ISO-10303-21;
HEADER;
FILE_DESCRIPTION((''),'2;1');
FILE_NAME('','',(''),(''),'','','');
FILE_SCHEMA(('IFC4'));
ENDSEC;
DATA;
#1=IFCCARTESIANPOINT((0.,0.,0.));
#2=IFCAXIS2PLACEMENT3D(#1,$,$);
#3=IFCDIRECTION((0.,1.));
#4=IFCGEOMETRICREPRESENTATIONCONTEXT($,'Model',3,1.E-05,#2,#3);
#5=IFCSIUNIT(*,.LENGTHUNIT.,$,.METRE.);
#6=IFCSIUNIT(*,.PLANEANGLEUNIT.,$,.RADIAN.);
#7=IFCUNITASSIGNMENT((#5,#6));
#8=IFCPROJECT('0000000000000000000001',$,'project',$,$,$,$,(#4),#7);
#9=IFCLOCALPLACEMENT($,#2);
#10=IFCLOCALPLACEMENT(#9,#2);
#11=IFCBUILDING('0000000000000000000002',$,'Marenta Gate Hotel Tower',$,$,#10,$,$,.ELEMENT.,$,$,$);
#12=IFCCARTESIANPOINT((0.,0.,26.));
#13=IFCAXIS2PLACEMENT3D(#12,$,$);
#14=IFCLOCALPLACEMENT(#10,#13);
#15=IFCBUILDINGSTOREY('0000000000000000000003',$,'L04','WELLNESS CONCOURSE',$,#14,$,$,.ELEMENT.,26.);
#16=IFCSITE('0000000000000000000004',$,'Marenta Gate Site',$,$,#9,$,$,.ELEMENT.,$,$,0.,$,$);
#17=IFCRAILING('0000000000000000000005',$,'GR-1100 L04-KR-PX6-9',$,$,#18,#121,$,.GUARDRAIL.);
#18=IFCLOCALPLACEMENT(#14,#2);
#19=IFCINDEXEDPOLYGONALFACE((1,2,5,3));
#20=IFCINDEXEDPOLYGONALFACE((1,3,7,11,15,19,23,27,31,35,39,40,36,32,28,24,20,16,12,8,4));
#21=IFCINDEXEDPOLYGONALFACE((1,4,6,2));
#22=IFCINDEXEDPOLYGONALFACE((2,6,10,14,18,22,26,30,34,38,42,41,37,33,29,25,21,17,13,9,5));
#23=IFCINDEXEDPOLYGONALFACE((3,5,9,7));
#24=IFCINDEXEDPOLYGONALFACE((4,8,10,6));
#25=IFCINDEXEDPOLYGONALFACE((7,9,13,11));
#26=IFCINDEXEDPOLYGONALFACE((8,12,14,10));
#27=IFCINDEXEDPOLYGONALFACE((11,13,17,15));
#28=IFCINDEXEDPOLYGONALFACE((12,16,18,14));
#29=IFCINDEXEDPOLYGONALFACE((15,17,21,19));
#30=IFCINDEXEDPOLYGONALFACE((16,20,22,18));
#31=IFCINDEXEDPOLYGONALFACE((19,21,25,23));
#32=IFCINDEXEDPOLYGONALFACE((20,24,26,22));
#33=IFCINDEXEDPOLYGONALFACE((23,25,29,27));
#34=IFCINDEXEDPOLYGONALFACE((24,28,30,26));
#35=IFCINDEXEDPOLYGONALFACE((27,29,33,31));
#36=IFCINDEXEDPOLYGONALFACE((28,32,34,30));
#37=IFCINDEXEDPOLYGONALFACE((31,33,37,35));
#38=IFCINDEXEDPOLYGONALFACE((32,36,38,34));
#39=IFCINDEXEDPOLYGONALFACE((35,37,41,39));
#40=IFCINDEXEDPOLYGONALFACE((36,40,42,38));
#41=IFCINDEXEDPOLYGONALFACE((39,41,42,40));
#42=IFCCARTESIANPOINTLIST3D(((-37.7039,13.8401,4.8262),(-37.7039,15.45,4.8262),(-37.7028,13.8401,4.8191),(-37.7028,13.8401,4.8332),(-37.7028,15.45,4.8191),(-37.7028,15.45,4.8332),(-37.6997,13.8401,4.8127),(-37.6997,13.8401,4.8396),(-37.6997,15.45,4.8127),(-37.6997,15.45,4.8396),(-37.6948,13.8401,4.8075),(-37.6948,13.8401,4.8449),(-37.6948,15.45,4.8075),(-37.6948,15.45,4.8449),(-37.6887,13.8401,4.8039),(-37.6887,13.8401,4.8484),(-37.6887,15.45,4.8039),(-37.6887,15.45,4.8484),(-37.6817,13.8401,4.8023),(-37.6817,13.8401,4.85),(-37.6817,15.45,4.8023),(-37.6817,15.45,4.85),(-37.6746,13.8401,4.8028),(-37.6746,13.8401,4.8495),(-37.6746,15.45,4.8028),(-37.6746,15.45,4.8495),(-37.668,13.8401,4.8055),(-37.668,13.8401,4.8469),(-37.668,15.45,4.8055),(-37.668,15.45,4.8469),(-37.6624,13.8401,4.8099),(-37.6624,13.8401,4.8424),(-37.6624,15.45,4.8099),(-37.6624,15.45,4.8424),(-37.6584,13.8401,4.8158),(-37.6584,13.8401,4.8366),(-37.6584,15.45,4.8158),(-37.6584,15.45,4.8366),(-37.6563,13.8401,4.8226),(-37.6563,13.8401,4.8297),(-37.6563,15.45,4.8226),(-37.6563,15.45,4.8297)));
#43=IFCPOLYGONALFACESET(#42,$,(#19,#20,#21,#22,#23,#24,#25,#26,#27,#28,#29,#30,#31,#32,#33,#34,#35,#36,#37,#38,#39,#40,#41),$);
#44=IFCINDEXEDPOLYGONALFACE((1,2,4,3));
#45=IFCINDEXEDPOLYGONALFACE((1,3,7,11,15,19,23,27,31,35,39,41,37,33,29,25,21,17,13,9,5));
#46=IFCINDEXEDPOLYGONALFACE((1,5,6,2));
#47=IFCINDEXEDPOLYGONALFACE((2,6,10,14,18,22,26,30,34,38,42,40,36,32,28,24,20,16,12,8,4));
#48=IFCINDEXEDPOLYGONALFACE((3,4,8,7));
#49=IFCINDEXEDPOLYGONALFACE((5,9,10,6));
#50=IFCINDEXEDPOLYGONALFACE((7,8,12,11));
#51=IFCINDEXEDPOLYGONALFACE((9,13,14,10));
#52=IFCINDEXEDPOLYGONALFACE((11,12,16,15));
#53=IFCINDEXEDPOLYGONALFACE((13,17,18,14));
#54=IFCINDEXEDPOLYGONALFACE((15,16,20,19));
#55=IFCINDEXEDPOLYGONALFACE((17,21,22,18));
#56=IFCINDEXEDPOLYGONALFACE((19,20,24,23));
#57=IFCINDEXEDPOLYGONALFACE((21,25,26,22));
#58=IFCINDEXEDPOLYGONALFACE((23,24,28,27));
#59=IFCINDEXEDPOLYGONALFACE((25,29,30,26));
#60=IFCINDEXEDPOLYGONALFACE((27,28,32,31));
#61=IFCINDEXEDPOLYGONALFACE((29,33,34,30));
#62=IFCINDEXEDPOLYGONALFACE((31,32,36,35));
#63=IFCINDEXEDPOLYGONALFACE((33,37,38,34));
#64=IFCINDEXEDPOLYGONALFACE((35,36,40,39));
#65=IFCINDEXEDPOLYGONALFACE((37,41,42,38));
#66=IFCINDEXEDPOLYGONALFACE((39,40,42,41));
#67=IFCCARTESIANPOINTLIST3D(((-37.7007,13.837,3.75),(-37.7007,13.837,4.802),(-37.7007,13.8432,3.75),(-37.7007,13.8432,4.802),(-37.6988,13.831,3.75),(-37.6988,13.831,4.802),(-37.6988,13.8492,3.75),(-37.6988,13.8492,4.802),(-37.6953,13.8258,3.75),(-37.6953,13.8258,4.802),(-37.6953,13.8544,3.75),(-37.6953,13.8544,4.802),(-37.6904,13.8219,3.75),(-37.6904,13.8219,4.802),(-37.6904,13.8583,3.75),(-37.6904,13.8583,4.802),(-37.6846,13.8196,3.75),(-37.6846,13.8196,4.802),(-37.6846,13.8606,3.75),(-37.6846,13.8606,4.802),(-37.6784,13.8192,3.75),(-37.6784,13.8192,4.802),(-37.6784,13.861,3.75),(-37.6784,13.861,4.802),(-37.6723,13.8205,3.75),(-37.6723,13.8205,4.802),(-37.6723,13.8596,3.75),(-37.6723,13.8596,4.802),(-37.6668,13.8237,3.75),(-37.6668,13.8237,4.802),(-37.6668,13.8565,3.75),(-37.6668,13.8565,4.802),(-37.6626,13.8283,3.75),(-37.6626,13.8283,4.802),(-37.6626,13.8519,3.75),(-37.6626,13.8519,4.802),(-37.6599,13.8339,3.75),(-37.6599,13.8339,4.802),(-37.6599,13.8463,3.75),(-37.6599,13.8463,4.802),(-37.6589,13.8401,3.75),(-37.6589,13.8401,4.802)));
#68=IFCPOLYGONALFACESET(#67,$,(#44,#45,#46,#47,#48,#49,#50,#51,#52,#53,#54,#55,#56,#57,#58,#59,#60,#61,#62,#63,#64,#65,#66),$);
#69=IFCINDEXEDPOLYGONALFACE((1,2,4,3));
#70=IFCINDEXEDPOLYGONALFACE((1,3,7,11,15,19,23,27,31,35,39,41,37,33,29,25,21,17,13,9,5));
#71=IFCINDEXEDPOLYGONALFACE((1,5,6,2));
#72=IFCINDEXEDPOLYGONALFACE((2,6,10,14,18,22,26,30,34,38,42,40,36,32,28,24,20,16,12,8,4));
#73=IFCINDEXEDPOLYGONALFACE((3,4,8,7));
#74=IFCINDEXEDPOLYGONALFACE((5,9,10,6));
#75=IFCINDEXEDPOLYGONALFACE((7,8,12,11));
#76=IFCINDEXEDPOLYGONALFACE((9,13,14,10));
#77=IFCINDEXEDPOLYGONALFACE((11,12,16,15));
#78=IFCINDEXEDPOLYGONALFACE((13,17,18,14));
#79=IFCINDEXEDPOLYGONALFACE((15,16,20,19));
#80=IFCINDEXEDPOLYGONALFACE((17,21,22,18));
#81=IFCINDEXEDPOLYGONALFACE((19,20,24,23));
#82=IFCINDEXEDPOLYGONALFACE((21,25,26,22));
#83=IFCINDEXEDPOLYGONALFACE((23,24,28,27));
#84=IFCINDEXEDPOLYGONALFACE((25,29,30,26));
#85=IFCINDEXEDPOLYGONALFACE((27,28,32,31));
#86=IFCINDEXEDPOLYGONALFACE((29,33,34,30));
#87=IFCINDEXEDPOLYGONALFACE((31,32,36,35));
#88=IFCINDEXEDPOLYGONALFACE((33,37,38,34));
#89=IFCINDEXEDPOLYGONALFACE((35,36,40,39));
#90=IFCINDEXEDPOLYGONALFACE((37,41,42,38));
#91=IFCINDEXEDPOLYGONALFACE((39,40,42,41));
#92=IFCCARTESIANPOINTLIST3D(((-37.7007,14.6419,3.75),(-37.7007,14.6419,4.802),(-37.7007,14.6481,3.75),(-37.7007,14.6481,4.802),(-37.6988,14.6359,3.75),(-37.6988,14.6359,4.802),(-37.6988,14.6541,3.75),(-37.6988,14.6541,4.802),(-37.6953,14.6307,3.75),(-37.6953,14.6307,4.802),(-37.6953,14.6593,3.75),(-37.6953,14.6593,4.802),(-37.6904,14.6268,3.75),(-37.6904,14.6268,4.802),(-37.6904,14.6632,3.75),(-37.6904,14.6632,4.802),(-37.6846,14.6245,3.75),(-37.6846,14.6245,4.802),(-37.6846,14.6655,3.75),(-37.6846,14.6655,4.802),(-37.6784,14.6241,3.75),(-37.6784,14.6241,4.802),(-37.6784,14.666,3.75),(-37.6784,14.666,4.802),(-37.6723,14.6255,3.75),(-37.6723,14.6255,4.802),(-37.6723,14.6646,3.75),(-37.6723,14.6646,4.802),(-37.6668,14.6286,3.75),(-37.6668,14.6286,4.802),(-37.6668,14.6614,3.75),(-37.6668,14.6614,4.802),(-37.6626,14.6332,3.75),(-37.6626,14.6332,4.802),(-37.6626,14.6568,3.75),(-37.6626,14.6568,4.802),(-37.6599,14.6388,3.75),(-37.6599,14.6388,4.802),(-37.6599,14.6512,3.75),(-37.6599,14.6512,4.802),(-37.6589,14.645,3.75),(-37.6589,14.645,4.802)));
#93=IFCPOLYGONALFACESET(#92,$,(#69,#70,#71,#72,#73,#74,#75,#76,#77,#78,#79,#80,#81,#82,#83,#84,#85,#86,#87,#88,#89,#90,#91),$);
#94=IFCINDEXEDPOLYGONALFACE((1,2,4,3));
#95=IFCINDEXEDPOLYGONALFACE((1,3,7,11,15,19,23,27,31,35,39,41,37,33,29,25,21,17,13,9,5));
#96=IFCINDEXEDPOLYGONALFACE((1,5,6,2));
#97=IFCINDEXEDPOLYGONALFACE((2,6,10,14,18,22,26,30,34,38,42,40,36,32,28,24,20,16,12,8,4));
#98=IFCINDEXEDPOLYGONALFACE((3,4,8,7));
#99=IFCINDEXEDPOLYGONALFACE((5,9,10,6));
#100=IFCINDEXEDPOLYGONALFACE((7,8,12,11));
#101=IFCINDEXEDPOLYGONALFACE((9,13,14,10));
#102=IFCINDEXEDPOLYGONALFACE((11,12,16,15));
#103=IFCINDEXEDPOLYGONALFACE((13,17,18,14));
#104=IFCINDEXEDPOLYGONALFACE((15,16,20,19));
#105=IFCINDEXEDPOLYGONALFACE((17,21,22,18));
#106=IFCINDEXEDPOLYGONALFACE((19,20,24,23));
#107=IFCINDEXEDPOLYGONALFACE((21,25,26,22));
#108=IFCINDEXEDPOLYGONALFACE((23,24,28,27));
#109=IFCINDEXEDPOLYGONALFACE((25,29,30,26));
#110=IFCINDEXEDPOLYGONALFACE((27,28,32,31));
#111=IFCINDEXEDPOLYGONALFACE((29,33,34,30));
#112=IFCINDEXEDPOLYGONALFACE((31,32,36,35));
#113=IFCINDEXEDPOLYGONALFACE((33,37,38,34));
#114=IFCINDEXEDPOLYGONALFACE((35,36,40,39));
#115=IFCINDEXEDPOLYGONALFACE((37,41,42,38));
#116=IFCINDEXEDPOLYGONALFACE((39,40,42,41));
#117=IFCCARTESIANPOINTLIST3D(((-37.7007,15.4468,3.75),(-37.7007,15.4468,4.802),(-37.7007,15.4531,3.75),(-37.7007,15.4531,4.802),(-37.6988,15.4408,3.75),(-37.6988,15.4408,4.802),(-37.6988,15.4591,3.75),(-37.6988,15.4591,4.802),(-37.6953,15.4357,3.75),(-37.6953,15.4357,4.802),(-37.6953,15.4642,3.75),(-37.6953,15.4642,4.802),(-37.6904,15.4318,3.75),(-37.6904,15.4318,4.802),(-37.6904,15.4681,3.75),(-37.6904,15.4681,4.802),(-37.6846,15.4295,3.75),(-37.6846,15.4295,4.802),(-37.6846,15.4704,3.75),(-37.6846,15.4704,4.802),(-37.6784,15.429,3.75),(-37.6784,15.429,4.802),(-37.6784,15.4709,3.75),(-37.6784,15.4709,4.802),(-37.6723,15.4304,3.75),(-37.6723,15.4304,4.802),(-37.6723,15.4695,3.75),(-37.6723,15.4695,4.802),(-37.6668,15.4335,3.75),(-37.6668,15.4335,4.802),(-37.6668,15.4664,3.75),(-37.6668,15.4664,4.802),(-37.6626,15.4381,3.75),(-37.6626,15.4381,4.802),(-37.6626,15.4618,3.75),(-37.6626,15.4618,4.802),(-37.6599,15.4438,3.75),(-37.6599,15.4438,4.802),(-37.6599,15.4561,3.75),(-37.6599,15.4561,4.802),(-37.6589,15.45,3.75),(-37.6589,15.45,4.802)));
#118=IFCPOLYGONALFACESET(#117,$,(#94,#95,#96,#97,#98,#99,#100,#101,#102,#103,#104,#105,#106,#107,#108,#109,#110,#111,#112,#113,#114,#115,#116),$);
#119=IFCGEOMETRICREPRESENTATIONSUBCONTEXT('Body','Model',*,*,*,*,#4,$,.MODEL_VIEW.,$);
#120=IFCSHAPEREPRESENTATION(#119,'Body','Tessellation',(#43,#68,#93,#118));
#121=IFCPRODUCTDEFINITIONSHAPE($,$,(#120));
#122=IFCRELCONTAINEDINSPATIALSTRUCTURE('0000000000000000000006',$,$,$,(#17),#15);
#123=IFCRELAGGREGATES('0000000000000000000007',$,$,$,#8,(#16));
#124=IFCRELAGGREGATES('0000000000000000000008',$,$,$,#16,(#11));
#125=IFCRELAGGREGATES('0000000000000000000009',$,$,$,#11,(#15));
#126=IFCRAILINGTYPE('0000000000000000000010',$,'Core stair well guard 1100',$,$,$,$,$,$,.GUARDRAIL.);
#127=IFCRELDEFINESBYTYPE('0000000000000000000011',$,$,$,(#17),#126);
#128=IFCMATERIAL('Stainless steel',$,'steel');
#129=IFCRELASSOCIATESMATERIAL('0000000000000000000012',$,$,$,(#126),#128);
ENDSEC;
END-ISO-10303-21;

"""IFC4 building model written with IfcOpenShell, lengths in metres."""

from ifc_helpers import new_model, si_unit, direction, frame, origin, origin_2d, place, context, subcontext, project, spatial, circle, extrude, material, type_object, element, save


model = new_model("IFC4")

# Units and contexts
model_context = context("Model", 3, precision=1e-05, world=origin(), true_north=direction((0.0, 1.0)))
body_context = subcontext(model_context, "Body", "Model", "MODEL_VIEW")
ifc_project = project(units=[si_unit("LENGTHUNIT", "METRE"), si_unit("PLANEANGLEUNIT", "RADIAN")], contexts=[model_context])

# Site, building, storey
site_placement = place(None, origin())
site = spatial("IfcSite", under=ifc_project, at=site_placement, Name="Marenta Gate Site", CompositionType="ELEMENT", RefElevation=0.0)
building_placement = place(site_placement, origin())
building = spatial("IfcBuilding", under=site, at=building_placement, Name="Marenta Gate Hotel Tower", CompositionType="ELEMENT")
storey_placement = place(building_placement, frame((0.0, 0.0, 26.0)))
storey = spatial("IfcBuildingStorey", under=building, at=storey_placement, Name="L04", Description="WELLNESS CONCOURSE", CompositionType="ELEMENT", Elevation=26.0)

# Railing
ifc_material_1 = material(Name="Stainless steel", Category="steel")
railing_type_1 = type_object("IfcRailingType", Name="Core stair well guard 1100", PredefinedType="GUARDRAIL", material=ifc_material_1)
for number, where, name in (
    (1, (-37.6799, 13.8401, 3.75), "GR-1100 L04-KR-PX6-9"),
):
    element("IfcRailing", number, at=place(storey_placement, frame(where)), inside=storey, type_object=railing_type_1, Name=name, PredefinedType="GUARDRAIL", context=body_context, shape_type="SweptSolid", body=[
        extrude(circle(Radius=0.0239, at=origin_2d()), frame((0.0, 0.0, 1.0762), z_axis=(0.0, 1.0, 0.0), x_axis=(-1.0, 0.0, 0.0)), (0.0, 0.0, 1.0), 1.6099),
        extrude(circle(Radius=0.021, at=origin_2d()), origin(), (0.0, 0.0, 1.0), 1.052),
        extrude(circle(Radius=0.021, at=origin_2d()), frame((0.0, 0.8049, 0.0)), (0.0, 0.0, 1.0), 1.052),
        extrude(circle(Radius=0.021, at=origin_2d()), frame((0.0, 1.6099, 0.0)), (0.0, 0.0, 1.0), 1.052),
    ])

save(model, "model.ifc")
